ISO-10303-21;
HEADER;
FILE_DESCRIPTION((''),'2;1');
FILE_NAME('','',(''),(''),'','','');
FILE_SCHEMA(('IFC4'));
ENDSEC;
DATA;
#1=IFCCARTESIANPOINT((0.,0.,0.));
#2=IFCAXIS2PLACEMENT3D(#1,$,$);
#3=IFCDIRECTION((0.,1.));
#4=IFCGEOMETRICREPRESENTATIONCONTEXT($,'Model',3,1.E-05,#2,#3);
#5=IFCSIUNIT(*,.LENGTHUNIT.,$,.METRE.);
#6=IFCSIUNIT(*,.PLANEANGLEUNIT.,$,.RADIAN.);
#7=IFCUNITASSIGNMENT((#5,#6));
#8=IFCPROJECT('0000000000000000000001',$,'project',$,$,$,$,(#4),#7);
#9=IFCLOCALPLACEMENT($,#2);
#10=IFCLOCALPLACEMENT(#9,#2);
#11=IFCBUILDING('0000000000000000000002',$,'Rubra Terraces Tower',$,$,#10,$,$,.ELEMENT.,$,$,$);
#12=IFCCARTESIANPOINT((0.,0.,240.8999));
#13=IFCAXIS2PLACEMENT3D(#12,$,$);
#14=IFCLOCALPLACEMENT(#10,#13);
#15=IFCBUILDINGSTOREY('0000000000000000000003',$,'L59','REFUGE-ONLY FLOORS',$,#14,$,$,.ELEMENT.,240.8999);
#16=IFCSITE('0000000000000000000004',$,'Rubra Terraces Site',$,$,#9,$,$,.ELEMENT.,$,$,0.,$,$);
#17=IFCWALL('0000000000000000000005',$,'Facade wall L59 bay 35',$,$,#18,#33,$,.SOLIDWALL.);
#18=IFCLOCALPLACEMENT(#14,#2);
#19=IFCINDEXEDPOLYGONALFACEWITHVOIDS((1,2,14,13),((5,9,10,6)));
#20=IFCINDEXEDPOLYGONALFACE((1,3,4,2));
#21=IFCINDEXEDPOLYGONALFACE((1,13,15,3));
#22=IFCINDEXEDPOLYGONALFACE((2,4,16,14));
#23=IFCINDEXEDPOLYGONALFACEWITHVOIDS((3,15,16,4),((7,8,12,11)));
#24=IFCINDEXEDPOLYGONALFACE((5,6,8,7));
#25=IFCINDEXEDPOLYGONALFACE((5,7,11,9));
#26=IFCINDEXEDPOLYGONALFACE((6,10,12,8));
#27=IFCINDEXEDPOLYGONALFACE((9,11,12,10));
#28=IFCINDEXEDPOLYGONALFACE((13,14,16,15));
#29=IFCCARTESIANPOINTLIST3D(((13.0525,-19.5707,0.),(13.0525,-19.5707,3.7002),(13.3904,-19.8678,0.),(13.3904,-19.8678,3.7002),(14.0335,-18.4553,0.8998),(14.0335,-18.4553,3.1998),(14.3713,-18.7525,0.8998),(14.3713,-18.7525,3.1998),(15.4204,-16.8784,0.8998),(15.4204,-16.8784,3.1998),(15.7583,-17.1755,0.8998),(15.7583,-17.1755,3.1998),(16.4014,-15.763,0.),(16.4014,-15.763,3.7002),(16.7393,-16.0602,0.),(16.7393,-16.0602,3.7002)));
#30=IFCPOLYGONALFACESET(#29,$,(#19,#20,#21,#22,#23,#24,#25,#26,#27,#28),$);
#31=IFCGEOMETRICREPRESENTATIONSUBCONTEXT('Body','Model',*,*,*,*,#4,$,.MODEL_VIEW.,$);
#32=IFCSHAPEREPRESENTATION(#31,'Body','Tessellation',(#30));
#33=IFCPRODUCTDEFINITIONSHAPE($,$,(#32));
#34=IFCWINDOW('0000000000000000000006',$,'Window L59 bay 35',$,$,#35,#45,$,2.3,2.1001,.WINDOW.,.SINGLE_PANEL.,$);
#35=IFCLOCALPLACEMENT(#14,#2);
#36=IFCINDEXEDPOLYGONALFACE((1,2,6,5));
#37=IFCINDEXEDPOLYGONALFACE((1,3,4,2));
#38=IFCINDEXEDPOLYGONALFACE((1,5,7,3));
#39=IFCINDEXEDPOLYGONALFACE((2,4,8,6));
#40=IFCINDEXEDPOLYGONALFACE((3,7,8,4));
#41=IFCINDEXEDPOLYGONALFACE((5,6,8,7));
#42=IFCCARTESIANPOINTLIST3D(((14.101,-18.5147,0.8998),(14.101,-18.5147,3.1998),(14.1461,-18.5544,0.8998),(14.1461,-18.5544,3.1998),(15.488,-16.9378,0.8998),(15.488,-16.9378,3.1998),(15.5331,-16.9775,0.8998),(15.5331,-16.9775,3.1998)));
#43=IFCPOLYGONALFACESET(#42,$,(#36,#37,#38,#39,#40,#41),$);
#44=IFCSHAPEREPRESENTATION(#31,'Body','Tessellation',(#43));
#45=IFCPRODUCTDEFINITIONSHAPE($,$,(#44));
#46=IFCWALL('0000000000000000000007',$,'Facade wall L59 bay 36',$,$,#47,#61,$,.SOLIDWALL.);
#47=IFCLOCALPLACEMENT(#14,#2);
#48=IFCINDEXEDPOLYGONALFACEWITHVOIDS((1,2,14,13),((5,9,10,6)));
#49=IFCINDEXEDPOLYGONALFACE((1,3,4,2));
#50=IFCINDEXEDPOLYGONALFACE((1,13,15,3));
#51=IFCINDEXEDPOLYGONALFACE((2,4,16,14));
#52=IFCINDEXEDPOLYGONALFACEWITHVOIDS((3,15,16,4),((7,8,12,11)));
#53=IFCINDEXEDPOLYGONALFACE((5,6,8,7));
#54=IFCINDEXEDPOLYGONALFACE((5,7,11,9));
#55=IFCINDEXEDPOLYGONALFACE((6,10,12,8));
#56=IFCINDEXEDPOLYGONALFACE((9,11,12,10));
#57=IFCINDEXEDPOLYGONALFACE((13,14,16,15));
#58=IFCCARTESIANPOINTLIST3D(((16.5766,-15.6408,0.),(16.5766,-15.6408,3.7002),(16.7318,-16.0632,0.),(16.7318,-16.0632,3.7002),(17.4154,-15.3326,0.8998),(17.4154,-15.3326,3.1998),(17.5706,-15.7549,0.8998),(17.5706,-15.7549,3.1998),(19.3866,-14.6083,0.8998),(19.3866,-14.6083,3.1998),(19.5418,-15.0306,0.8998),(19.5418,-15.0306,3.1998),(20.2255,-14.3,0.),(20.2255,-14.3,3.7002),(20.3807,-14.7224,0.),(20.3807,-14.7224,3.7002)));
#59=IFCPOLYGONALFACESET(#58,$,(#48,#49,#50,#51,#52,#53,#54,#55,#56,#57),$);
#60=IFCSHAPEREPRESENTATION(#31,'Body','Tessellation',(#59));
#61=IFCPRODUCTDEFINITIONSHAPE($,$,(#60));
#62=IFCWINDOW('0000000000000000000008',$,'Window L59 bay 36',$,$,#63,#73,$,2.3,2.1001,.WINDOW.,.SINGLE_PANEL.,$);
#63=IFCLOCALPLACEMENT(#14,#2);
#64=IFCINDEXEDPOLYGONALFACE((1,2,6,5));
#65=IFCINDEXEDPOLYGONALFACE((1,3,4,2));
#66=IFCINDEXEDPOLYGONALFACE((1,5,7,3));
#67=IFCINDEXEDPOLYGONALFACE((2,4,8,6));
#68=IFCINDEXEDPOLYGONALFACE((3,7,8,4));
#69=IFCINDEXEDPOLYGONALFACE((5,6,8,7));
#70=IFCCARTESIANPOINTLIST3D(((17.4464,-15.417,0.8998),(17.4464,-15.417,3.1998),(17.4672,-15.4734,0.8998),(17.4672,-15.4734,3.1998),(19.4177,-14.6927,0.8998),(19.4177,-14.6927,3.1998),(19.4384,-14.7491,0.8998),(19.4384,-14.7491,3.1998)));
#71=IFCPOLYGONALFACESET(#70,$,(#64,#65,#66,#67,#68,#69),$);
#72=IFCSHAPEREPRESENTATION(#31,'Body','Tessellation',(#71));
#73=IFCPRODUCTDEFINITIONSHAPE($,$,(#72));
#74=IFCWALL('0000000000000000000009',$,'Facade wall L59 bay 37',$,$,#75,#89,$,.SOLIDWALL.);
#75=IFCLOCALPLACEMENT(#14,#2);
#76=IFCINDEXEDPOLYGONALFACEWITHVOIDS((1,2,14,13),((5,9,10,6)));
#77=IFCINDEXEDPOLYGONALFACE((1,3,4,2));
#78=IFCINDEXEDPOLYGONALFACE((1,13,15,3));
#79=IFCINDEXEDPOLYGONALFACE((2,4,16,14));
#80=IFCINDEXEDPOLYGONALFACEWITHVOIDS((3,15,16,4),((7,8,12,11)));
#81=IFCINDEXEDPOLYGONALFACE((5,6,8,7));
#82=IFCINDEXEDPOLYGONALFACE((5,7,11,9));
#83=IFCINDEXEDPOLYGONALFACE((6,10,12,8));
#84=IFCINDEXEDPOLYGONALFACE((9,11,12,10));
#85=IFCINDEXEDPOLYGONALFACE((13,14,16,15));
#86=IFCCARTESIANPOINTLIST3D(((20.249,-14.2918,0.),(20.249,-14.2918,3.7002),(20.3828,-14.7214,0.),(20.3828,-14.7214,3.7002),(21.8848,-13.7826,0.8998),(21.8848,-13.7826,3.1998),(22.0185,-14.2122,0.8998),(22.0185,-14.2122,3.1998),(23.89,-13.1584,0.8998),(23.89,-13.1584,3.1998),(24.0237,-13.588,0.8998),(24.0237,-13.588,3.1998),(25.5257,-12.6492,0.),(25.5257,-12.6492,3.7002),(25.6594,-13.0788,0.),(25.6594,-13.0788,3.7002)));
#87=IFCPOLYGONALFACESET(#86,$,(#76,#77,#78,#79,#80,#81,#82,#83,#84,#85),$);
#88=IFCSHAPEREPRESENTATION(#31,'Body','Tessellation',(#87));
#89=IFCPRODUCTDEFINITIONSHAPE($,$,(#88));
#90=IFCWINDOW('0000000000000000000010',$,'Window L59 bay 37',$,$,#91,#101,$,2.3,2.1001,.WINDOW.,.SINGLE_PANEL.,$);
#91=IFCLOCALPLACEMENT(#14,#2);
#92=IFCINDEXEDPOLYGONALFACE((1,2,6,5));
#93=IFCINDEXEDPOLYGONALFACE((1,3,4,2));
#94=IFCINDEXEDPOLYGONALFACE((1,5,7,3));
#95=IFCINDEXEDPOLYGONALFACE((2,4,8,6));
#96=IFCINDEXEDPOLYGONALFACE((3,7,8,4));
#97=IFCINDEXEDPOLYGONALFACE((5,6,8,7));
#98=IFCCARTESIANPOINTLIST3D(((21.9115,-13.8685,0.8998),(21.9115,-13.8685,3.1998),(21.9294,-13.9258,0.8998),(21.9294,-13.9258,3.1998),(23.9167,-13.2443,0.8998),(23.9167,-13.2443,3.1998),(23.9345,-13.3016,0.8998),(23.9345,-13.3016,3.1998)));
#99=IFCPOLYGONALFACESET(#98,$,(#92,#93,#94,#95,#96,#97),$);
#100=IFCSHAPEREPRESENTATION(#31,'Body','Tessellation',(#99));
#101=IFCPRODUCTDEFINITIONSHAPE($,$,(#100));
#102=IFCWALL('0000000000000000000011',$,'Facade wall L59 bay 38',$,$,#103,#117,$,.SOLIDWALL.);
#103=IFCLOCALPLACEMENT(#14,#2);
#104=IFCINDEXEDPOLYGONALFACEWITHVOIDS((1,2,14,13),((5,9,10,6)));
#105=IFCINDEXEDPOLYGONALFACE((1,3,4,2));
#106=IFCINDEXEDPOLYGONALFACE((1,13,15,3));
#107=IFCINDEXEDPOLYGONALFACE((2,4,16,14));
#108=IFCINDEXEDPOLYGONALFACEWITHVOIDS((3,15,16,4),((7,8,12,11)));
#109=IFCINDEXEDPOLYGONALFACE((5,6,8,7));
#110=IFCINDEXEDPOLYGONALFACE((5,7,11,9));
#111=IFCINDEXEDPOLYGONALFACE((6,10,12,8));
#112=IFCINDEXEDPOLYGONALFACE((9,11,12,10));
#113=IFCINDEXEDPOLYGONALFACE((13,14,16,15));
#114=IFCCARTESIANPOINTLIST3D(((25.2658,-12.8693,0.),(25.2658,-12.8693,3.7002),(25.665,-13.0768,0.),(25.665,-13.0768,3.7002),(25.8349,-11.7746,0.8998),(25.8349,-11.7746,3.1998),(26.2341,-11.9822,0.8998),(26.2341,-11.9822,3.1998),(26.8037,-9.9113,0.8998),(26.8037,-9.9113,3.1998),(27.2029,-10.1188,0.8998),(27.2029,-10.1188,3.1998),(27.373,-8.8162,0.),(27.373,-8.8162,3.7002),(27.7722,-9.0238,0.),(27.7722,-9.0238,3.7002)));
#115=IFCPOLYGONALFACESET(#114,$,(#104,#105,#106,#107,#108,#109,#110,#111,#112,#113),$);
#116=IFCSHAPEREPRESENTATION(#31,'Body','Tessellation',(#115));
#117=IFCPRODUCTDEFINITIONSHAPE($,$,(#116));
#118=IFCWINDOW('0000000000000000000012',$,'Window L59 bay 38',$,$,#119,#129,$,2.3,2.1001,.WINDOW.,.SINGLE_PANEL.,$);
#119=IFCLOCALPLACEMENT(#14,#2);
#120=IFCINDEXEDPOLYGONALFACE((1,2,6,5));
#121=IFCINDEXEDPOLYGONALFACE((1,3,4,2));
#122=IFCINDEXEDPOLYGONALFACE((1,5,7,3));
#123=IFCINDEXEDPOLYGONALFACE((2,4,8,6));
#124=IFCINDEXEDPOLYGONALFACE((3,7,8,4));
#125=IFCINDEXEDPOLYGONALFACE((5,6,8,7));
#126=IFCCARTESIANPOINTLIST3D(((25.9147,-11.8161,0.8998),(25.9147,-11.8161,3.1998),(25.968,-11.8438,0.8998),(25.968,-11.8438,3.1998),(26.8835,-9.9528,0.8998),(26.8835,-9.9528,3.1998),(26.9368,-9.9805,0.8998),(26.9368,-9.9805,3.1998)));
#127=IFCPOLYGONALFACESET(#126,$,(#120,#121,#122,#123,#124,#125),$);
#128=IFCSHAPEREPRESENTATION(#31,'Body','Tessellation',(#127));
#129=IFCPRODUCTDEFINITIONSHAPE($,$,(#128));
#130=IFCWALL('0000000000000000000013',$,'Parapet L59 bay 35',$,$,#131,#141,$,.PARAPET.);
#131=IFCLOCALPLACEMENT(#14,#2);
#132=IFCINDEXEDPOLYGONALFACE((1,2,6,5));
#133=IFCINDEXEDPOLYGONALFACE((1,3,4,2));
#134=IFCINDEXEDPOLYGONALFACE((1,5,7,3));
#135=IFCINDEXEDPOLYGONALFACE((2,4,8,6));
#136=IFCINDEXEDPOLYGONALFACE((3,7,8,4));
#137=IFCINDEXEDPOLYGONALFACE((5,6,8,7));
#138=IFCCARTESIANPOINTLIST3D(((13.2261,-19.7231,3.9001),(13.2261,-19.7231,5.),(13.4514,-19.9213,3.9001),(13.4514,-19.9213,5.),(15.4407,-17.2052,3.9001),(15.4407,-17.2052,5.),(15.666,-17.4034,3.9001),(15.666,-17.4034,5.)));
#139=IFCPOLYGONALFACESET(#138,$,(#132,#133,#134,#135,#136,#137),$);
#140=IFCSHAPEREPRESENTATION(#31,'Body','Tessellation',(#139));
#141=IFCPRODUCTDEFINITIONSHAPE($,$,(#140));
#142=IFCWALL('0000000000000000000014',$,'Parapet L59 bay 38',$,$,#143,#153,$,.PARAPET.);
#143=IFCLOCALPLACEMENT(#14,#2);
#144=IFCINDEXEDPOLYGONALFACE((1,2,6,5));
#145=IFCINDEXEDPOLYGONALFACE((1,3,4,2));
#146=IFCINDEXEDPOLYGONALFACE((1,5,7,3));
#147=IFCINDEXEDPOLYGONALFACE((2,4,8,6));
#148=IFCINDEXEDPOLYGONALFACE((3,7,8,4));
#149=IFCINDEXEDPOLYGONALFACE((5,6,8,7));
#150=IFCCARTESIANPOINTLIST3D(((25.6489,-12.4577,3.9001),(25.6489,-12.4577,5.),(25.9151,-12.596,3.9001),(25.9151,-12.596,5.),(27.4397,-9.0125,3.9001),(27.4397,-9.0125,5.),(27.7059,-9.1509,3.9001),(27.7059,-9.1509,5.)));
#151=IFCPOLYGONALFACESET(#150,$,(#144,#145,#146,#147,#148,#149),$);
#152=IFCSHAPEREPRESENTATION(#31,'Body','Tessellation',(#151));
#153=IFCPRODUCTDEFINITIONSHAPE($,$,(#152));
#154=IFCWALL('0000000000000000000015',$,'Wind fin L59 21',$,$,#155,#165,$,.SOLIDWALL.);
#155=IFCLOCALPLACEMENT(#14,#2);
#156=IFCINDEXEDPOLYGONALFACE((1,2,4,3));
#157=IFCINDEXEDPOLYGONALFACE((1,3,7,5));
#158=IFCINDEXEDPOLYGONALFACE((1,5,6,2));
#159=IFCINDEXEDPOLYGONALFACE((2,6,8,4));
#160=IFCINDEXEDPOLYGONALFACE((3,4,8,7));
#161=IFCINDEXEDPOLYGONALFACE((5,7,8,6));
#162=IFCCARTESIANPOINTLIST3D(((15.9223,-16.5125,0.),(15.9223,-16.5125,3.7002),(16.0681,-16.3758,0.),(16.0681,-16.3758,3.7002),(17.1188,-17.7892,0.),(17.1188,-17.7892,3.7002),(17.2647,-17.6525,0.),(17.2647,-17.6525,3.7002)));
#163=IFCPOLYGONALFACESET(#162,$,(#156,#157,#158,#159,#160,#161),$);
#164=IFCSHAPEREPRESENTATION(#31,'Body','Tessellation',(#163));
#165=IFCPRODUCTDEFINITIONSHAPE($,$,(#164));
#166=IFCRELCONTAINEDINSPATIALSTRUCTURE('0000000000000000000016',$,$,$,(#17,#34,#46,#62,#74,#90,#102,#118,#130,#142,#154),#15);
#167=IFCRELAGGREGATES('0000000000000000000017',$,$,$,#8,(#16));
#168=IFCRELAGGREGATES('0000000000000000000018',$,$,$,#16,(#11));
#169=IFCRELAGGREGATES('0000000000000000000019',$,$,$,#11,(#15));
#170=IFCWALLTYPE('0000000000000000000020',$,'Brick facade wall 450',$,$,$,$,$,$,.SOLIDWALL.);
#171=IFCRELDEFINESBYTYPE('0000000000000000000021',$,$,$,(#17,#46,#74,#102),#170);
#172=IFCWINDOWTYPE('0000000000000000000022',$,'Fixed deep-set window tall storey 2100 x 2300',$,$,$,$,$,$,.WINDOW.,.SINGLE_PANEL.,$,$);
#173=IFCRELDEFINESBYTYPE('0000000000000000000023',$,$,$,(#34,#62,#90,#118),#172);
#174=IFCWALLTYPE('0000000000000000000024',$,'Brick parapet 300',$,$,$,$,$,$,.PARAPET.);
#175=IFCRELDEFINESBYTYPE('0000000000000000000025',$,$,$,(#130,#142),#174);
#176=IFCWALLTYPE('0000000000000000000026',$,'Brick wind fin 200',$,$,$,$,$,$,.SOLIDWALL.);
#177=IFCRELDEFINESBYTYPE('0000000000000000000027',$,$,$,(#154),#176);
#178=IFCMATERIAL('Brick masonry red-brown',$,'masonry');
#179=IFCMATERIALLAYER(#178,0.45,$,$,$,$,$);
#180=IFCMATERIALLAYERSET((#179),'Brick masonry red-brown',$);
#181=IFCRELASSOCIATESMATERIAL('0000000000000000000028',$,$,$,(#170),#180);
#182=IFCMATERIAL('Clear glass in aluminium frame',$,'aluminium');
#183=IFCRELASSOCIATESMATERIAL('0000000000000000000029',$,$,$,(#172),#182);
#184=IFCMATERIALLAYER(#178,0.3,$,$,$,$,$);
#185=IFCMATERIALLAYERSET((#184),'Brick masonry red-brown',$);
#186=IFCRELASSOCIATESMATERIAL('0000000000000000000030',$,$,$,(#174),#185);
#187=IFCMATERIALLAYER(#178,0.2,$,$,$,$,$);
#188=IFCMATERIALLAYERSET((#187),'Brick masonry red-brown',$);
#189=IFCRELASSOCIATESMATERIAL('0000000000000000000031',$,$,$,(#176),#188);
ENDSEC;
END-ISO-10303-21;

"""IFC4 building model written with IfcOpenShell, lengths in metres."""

from ifc_helpers import new_model, si_unit, direction, frame, frame_2d, origin, place, context, subcontext, project, spatial, rectangle, extrude, material, layer, layer_set, type_object, element, fill, save


model = new_model("IFC4")

# Units and contexts
model_context = context("Model", 3, precision=1e-05, world=origin(), true_north=direction((0.0, 1.0)))
body_context = subcontext(model_context, "Body", "Model", "MODEL_VIEW")
ifc_project = project(units=[si_unit("LENGTHUNIT", "METRE"), si_unit("PLANEANGLEUNIT", "RADIAN")], contexts=[model_context])

# Site, building, storey
site_placement = place(None, origin())
site = spatial("IfcSite", under=ifc_project, at=site_placement, Name="Rubra Terraces Site", CompositionType="ELEMENT", RefElevation=0.0)
building_placement = place(site_placement, origin())
building = spatial("IfcBuilding", under=site, at=building_placement, Name="Rubra Terraces Tower", CompositionType="ELEMENT")
storey_placement = place(building_placement, frame((0.0, 0.0, 240.8999)))
storey = spatial("IfcBuildingStorey", under=building, at=storey_placement, Name="L59", Description="REFUGE-ONLY FLOORS", CompositionType="ELEMENT", Elevation=240.8999)

# Walls, openings, windows
ifc_material_1 = material(Name="Brick masonry red-brown", Category="masonry")
ifc_layer_1 = layer(ifc_material_1, 0.45)
ifc_layer_set_1 = layer_set([ifc_layer_1], Name="Brick masonry red-brown")
wall_type_1 = type_object("IfcWallType", Name="Brick facade wall 450", PredefinedType="SOLIDWALL", material=ifc_layer_set_1)
wall_1_placement = place(storey_placement, frame((13.2214, -19.7192, 0.0), z_axis=(0.0, 0.0, 1.0), x_axis=(0.660425, 0.750892, 0.0)))
wall_1 = element("IfcWall", 1, at=wall_1_placement, inside=storey, type_object=wall_type_1, Name="Facade wall L59 bay 35", PredefinedType="SOLIDWALL", context=body_context, shape_type="SweptSolid", body=[
    extrude(rectangle(XDim=5.0708, YDim=0.45, at=frame_2d((2.5354, 0.0))), origin(), (0.0, 0.0, 1.0), 3.7002),
])
opening_1_placement = place(wall_1_placement, frame((1.4854, 0.0, 0.8999)))
opening_1 = element("IfcOpeningElement", 2, at=opening_1_placement, cuts=wall_1, PredefinedType="OPENING", context=body_context, shape_type="SweptSolid", body=[
    extrude(rectangle(XDim=2.1001, YDim=2.3, at=frame_2d((1.05, 1.1499))), frame((0.0, 0.2349, 0.0), z_axis=(0.0, -1.0, 0.0), x_axis=(1.0, 0.0, 0.0)), (0.0, 0.0, 1.0), 0.47),
])
ifc_material_2 = material(Name="Clear glass in aluminium frame", Category="aluminium")
window_type = type_object("IfcWindowType", Name="Fixed deep-set window tall storey 2100 x 2300", PartitioningType="SINGLE_PANEL", PredefinedType="WINDOW", material=ifc_material_2)
window_1_placement = place(opening_1_placement, origin())
window_1 = element("IfcWindow", 3, at=window_1_placement, inside=storey, type_object=window_type, Name="Window L59 bay 35", OverallHeight=2.3, OverallWidth=2.1001, PartitioningType="SINGLE_PANEL", PredefinedType="WINDOW", context=body_context, shape_type="SweptSolid", body=[
    extrude(rectangle(XDim=2.1001, YDim=2.3, at=frame_2d((1.05, 1.1499))), frame((0.0, 0.135, 0.0), z_axis=(0.0, -1.0, 0.0), x_axis=(1.0, 0.0, 0.0)), (0.0, 0.0, 1.0), 0.0601),
])
fill(opening_1, window_1)
wall_2_placement = place(storey_placement, frame((16.6541, -15.8521, 0.0), z_axis=(0.0, 0.0, 1.0), x_axis=(0.938637, 0.344908, 0.0)))
wall_2 = element("IfcWall", 4, at=wall_2_placement, inside=storey, type_object=wall_type_1, Name="Facade wall L59 bay 36", PredefinedType="SOLIDWALL", context=body_context, shape_type="SweptSolid", body=[
    extrude(rectangle(XDim=3.8875, YDim=0.45, at=frame_2d((1.9438, 0.0))), origin(), (0.0, 0.0, 1.0), 3.7002),
])
opening_2_placement = place(wall_2_placement, frame((0.8938, 0.0, 0.8999)))
opening_2 = element("IfcOpeningElement", 5, at=opening_2_placement, cuts=wall_2, PredefinedType="OPENING", context=body_context, shape_type="SweptSolid", body=[
    extrude(rectangle(XDim=2.1001, YDim=2.3, at=frame_2d((1.05, 1.1499))), frame((0.0, 0.2349, 0.0), z_axis=(0.0, -1.0, 0.0), x_axis=(1.0, 0.0, 0.0)), (0.0, 0.0, 1.0), 0.47),
])
window_2_placement = place(opening_2_placement, origin())
window_2 = element("IfcWindow", 6, at=window_2_placement, inside=storey, type_object=window_type, Name="Window L59 bay 36", OverallHeight=2.3, OverallWidth=2.1001, PartitioningType="SINGLE_PANEL", PredefinedType="WINDOW", context=body_context, shape_type="SweptSolid", body=[
    extrude(rectangle(XDim=2.1001, YDim=2.3, at=frame_2d((1.05, 1.1499))), frame((0.0, 0.135, 0.0), z_axis=(0.0, -1.0, 0.0), x_axis=(1.0, 0.0, 0.0)), (0.0, 0.0, 1.0), 0.0601),
])
fill(opening_2, window_2)
wall_3_placement = place(storey_placement, frame((20.3159, -14.5066, 0.0), z_axis=(0.0, 0.0, 1.0), x_axis=(0.954807, 0.297226, 0.0)))
wall_3 = element("IfcWall", 7, at=wall_3_placement, inside=storey, type_object=wall_type_1, Name="Facade wall L59 bay 37", PredefinedType="SOLIDWALL", context=body_context, shape_type="SweptSolid", body=[
    extrude(rectangle(XDim=5.5264, YDim=0.45, at=frame_2d((2.7632, 0.0))), origin(), (0.0, 0.0, 1.0), 3.7002),
])
opening_3_placement = place(wall_3_placement, frame((1.7131, 0.0, 0.8999)))
opening_3 = element("IfcOpeningElement", 8, at=opening_3_placement, cuts=wall_3, PredefinedType="OPENING", context=body_context, shape_type="SweptSolid", body=[
    extrude(rectangle(XDim=2.1001, YDim=2.3, at=frame_2d((1.05, 1.1499))), frame((0.0, 0.2349, 0.0), z_axis=(0.0, -1.0, 0.0), x_axis=(1.0, 0.0, 0.0)), (0.0, 0.0, 1.0), 0.47),
])
window_3_placement = place(opening_3_placement, origin())
window_3 = element("IfcWindow", 9, at=window_3_placement, inside=storey, type_object=window_type, Name="Window L59 bay 37", OverallHeight=2.3, OverallWidth=2.1001, PartitioningType="SINGLE_PANEL", PredefinedType="WINDOW", context=body_context, shape_type="SweptSolid", body=[
    extrude(rectangle(XDim=2.1001, YDim=2.3, at=frame_2d((1.05, 1.1499))), frame((0.0, 0.135, 0.0), z_axis=(0.0, -1.0, 0.0), x_axis=(1.0, 0.0, 0.0)), (0.0, 0.0, 1.0), 0.0601),
])
fill(opening_3, window_3)
wall_4_placement = place(storey_placement, frame((25.4653, -12.9731, 0.0), z_axis=(0.0, 0.0, 1.0), x_axis=(0.461289, 0.88725, 0.0)))
wall_4 = element("IfcWall", 10, at=wall_4_placement, inside=storey, type_object=wall_type_1, Name="Facade wall L59 bay 38", PredefinedType="SOLIDWALL", context=body_context, shape_type="SweptSolid", body=[
    extrude(rectangle(XDim=4.5681, YDim=0.45, at=frame_2d((2.2842, 0.0))), origin(), (0.0, 0.0, 1.0), 3.7002),
])
opening_4_placement = place(wall_4_placement, frame((1.2339, 0.0, 0.8999)))
opening_4 = element("IfcOpeningElement", 11, at=opening_4_placement, cuts=wall_4, PredefinedType="OPENING", context=body_context, shape_type="SweptSolid", body=[
    extrude(rectangle(XDim=2.1001, YDim=2.3, at=frame_2d((1.05, 1.1499))), frame((0.0, 0.2349, 0.0), z_axis=(0.0, -1.0, 0.0), x_axis=(1.0, 0.0, 0.0)), (0.0, 0.0, 1.0), 0.47),
])
window_4_placement = place(opening_4_placement, origin())
window_4 = element("IfcWindow", 12, at=window_4_placement, inside=storey, type_object=window_type, Name="Window L59 bay 38", OverallHeight=2.3, OverallWidth=2.1001, PartitioningType="SINGLE_PANEL", PredefinedType="WINDOW", context=body_context, shape_type="SweptSolid", body=[
    extrude(rectangle(XDim=2.1001, YDim=2.3, at=frame_2d((1.05, 1.1499))), frame((0.0, 0.135, 0.0), z_axis=(0.0, -1.0, 0.0), x_axis=(1.0, 0.0, 0.0)), (0.0, 0.0, 1.0), 0.0601),
])
fill(opening_4, window_4)

# Walls
ifc_layer_2 = layer(ifc_material_1, 0.3)
ifc_layer_set_2 = layer_set([ifc_layer_2], Name="Brick masonry red-brown")
wall_type_2 = type_object("IfcWallType", Name="Brick parapet 300", PredefinedType="PARAPET", material=ifc_layer_set_2)
wall_5_placement = place(storey_placement, frame((13.3386, -19.8223, 3.9001), z_axis=(0.0, 0.0, 1.0), x_axis=(0.660446, 0.750874, 0.0)))
element("IfcWall", 13, at=wall_5_placement, inside=storey, type_object=wall_type_2, Name="Parapet L59 bay 35", PredefinedType="PARAPET", context=body_context, shape_type="SweptSolid", body=[
    extrude(rectangle(XDim=3.3533, YDim=0.3, at=frame_2d((1.6768, 0.0))), origin(), (0.0, 0.0, 1.0), 1.0999),
])
wall_6_placement = place(storey_placement, frame((25.782, -12.5269, 3.9001), z_axis=(0.0, 0.0, 1.0), x_axis=(0.461218, 0.887287, 0.0)))
element("IfcWall", 14, at=wall_6_placement, inside=storey, type_object=wall_type_2, Name="Parapet L59 bay 38", PredefinedType="PARAPET", context=body_context, shape_type="SweptSolid", body=[
    extrude(rectangle(XDim=3.8828, YDim=0.3, at=frame_2d((1.9414, 0.0))), origin(), (0.0, 0.0, 1.0), 1.0999),
])
ifc_layer_3 = layer(ifc_material_1, 0.2)
ifc_layer_set_3 = layer_set([ifc_layer_3], Name="Brick masonry red-brown")
wall_type_3 = type_object("IfcWallType", Name="Brick wind fin 200", PredefinedType="SOLIDWALL", material=ifc_layer_set_3)
wall_7_placement = place(storey_placement, frame((15.9951, -16.4441, 0.0), z_axis=(0.0, 0.0, 1.0), x_axis=(0.683853, -0.72962, 0.0)))
element("IfcWall", 15, at=wall_7_placement, inside=storey, type_object=wall_type_3, Name="Wind fin L59 21", PredefinedType="SOLIDWALL", context=body_context, shape_type="SweptSolid", body=[
    extrude(rectangle(XDim=1.7498, YDim=0.2, at=frame_2d((0.875, 0.0))), origin(), (0.0, 0.0, 1.0), 3.7002),
])

save(model, "model.ifc")
